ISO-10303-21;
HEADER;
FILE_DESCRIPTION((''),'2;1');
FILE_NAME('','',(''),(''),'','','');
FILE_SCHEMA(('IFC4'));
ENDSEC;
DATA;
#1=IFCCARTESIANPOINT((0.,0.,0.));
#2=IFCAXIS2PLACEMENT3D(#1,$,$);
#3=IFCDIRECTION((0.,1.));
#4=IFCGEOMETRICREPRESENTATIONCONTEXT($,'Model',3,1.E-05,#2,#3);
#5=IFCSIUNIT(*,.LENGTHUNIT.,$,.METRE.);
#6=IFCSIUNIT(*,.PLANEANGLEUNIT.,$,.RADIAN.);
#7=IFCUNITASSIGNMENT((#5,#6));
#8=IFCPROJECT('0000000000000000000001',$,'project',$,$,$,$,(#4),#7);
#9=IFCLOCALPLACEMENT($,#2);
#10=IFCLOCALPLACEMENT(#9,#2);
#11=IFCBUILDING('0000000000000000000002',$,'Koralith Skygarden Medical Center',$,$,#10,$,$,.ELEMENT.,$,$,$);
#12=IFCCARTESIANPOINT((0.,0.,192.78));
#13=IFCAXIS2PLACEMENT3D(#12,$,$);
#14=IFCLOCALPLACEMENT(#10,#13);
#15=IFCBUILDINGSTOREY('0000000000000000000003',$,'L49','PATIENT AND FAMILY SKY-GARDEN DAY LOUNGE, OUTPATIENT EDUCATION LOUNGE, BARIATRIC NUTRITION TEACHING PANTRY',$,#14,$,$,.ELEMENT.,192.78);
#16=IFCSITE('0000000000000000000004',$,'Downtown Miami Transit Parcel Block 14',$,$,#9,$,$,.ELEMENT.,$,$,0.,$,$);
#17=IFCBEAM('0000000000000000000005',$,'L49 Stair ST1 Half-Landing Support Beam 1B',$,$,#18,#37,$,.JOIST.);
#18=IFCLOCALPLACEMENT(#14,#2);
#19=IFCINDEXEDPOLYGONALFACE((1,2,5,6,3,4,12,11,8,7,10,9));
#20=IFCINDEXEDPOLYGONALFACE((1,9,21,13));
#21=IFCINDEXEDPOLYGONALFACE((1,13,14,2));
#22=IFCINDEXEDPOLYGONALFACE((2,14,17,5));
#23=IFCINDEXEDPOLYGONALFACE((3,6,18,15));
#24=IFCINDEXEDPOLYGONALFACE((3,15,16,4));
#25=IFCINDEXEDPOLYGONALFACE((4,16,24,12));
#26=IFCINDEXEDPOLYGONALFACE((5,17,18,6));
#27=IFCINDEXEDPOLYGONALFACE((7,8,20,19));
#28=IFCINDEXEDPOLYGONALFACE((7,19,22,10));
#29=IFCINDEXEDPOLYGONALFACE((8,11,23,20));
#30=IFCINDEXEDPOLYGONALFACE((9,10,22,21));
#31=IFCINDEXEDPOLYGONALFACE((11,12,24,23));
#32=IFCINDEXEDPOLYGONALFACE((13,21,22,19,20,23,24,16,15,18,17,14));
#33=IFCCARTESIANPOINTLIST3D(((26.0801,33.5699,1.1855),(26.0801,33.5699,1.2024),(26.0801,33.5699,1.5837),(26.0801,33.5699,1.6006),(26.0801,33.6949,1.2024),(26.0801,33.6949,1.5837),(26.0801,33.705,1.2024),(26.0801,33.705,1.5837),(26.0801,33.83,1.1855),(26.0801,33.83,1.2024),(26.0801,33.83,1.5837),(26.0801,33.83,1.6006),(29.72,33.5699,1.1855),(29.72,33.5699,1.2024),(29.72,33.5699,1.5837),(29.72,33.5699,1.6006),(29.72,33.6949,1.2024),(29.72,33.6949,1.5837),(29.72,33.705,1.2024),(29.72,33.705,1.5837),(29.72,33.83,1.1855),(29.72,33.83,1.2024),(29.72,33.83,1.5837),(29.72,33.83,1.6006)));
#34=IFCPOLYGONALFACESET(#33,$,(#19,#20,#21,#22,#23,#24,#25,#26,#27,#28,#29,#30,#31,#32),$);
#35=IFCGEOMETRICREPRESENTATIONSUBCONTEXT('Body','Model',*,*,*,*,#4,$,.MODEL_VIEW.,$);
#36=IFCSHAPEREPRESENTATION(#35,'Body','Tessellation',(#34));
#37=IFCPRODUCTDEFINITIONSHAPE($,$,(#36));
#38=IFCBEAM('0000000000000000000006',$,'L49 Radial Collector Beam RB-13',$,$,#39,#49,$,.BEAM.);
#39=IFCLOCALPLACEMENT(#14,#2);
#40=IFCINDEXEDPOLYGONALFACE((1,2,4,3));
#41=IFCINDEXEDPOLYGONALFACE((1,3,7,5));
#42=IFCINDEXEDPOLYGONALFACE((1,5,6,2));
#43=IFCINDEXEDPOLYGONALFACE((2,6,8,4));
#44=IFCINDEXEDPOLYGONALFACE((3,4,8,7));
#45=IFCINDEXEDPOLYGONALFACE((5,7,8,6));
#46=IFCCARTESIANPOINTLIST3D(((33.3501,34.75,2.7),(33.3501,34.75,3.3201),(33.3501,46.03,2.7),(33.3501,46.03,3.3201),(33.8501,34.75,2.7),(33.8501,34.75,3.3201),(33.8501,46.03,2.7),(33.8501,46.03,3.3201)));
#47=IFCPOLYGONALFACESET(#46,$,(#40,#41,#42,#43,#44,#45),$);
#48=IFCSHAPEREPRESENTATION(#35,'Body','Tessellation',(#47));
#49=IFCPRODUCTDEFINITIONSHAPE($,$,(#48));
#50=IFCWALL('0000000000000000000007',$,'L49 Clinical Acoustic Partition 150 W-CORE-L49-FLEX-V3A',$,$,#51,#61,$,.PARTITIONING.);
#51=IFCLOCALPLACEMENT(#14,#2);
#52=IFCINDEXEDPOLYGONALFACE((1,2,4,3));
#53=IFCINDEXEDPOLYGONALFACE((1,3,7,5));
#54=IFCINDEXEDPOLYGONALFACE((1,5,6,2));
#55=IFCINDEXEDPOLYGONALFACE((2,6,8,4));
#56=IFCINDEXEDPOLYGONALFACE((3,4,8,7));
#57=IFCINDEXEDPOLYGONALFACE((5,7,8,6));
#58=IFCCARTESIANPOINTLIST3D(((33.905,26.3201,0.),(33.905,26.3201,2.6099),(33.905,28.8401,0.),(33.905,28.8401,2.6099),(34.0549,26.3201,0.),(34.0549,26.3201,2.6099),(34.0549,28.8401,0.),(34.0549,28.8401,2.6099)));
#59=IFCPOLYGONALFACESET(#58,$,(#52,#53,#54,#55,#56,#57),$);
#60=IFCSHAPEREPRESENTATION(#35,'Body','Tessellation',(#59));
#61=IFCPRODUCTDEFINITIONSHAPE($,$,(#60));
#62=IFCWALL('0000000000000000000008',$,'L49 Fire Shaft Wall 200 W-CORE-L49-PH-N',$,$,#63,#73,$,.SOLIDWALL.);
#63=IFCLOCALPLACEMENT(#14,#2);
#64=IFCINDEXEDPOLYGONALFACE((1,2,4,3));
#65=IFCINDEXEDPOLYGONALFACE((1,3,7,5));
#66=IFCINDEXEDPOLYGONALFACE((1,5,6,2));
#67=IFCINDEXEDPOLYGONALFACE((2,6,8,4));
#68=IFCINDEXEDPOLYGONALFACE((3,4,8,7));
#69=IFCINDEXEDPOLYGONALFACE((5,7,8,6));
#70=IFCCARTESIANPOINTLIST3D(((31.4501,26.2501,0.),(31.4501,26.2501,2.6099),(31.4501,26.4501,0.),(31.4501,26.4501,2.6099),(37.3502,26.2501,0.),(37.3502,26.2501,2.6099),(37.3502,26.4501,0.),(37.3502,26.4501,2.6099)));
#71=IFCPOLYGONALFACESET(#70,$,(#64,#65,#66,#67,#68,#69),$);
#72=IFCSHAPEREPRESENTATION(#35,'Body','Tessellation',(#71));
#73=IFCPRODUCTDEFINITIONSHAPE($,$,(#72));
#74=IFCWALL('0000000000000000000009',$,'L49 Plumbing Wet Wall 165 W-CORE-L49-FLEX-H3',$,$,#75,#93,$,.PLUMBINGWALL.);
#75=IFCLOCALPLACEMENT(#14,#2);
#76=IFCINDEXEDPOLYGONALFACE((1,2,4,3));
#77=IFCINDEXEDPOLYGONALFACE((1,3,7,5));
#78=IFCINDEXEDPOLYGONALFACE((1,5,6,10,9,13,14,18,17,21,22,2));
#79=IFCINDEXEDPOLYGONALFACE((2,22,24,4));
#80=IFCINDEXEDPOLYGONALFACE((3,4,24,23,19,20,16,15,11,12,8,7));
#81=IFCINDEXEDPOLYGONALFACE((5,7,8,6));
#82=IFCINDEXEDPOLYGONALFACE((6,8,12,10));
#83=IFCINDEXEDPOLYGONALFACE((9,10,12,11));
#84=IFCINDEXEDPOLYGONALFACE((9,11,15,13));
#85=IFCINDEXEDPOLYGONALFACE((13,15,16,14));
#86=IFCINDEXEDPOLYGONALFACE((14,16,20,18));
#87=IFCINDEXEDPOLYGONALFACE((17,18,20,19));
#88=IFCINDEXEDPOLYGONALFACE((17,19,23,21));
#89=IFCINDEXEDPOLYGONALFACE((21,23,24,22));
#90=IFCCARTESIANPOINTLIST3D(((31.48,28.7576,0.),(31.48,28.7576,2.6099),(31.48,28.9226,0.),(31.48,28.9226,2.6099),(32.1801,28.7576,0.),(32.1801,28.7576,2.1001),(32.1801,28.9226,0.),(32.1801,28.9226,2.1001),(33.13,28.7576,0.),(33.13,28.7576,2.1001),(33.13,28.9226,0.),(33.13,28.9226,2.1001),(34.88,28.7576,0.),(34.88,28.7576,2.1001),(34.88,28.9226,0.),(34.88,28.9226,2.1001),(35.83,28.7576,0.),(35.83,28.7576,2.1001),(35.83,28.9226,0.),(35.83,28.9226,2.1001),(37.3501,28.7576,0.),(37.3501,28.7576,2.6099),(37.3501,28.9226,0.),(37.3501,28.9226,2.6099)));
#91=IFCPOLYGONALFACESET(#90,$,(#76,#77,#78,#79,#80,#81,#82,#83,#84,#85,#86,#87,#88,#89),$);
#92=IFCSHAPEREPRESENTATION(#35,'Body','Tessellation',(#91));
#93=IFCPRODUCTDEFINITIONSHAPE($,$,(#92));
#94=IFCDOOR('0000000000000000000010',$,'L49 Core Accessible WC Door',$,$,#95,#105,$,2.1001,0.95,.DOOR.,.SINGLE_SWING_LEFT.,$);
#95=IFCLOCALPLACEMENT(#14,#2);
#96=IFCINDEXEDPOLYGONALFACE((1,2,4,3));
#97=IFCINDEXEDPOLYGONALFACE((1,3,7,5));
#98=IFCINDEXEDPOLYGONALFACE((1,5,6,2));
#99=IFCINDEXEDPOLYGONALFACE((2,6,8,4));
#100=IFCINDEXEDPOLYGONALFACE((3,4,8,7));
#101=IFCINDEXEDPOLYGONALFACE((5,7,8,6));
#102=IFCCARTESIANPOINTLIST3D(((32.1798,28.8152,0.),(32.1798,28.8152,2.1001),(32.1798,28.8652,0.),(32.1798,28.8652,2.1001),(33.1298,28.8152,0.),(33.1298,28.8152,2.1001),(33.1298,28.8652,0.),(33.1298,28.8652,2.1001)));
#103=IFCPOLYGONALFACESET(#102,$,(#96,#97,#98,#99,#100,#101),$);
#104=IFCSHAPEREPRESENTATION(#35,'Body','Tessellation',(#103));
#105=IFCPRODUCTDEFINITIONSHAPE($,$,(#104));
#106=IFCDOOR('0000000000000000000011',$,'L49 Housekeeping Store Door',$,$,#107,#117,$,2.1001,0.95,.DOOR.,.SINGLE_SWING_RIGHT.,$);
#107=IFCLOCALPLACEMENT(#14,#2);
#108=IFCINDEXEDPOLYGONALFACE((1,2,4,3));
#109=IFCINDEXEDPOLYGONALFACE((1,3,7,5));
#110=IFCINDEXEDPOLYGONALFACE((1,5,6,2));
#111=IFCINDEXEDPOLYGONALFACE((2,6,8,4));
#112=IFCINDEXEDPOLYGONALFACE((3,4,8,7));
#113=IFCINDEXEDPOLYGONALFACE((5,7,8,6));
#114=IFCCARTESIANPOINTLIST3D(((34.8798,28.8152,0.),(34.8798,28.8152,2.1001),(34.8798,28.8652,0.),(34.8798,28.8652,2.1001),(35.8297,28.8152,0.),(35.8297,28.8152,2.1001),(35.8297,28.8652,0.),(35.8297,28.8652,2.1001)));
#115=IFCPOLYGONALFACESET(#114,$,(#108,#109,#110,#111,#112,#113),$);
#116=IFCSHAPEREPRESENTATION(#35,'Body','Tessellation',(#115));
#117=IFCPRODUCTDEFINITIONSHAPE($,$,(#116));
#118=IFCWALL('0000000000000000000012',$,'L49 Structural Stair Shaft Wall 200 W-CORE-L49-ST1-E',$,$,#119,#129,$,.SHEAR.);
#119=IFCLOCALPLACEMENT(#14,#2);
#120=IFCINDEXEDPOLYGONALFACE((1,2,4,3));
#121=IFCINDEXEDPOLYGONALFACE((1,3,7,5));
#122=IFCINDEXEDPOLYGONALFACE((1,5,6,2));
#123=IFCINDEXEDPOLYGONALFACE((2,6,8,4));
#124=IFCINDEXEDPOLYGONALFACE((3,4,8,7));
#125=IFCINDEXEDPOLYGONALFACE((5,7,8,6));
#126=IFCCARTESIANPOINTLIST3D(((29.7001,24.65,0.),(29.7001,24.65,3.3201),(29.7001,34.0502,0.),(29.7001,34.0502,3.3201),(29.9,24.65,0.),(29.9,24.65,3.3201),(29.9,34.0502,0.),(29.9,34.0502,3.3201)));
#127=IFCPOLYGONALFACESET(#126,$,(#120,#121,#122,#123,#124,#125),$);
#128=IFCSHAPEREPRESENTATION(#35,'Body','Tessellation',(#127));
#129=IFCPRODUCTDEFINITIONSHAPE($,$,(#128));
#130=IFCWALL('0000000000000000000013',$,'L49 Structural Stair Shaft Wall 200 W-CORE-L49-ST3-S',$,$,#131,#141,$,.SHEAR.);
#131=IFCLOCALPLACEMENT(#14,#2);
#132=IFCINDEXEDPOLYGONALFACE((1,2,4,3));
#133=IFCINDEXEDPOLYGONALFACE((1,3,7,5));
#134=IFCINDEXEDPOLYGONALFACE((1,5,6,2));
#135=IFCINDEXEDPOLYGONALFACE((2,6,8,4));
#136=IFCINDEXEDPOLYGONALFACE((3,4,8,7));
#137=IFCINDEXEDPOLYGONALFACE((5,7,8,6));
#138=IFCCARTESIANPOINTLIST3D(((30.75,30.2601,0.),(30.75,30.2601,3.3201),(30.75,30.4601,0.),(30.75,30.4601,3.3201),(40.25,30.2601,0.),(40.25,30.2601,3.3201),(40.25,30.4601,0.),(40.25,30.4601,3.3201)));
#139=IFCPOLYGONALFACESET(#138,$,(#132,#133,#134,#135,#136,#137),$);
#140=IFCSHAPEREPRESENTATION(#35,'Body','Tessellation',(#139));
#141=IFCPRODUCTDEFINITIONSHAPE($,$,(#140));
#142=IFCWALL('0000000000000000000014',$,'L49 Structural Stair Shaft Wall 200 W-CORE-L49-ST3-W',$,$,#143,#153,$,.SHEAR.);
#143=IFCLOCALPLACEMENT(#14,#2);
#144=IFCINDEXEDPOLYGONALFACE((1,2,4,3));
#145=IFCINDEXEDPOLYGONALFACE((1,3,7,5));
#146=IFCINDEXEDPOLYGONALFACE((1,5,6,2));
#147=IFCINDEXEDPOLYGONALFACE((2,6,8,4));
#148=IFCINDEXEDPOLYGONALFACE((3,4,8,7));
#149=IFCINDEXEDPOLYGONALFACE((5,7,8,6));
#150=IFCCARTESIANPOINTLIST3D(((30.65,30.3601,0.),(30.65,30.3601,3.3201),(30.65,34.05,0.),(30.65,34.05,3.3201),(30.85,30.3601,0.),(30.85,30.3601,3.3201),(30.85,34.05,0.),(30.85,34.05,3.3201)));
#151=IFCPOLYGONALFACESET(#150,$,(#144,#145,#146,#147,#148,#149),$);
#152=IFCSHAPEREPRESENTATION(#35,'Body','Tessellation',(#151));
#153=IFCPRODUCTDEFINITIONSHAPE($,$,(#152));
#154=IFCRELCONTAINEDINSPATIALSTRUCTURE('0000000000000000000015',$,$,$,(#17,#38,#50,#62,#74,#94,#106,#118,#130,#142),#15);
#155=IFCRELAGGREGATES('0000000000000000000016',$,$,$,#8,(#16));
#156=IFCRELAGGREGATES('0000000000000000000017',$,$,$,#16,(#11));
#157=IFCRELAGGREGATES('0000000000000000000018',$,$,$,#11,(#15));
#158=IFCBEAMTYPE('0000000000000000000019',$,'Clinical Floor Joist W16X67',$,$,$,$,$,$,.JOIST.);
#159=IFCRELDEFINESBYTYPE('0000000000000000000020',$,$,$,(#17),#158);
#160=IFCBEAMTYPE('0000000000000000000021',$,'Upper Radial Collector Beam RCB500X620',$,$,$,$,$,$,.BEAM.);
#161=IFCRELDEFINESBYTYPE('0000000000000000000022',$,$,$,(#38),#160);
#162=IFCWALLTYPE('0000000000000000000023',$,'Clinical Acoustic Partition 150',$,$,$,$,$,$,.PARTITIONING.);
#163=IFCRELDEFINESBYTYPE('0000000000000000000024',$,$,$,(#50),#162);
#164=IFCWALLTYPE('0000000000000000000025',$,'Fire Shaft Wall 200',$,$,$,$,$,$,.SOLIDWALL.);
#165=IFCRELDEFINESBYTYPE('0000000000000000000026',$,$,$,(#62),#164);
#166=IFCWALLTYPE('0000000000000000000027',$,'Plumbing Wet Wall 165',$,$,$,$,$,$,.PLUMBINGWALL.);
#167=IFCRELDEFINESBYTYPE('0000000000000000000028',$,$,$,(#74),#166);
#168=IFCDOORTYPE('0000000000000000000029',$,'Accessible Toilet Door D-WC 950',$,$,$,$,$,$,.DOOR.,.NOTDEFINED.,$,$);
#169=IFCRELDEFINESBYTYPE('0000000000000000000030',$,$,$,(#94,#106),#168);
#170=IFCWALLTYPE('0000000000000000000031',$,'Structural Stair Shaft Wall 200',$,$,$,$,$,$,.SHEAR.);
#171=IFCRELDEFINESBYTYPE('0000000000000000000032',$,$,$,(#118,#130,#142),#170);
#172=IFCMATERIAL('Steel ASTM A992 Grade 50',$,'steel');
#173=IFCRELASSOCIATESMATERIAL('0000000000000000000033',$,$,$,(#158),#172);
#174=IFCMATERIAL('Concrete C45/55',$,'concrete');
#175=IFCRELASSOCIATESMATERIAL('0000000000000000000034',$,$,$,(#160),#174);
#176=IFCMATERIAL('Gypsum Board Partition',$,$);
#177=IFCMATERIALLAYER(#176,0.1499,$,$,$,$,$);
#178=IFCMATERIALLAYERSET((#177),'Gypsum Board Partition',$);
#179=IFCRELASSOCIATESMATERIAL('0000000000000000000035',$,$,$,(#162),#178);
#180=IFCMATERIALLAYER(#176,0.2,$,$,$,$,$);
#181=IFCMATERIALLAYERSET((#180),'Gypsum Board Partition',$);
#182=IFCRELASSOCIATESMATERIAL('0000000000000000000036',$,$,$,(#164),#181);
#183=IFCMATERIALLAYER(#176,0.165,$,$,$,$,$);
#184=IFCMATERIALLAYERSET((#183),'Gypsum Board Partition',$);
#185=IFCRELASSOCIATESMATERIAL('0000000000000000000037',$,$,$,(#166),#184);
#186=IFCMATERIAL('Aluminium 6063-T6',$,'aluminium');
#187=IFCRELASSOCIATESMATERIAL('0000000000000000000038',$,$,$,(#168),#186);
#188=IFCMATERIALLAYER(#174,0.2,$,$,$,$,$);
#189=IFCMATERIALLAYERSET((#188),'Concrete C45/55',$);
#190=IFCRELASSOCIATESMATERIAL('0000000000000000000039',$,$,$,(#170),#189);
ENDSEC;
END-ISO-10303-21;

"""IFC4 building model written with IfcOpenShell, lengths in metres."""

from ifc_helpers import new_model, si_unit, direction, frame, frame_2d, origin, origin_2d, place, context, subcontext, project, spatial, rectangle, i_section, extrude, material, layer, layer_set, material_profile, profile_set, type_object, element, fill, save


model = new_model("IFC4")

# Units and contexts
model_context = context("Model", 3, precision=1e-05, world=origin(), true_north=direction((0.0, 1.0)))
body_context = subcontext(model_context, "Body", "Model", "MODEL_VIEW")
ifc_project = project(units=[si_unit("LENGTHUNIT", "METRE"), si_unit("PLANEANGLEUNIT", "RADIAN")], contexts=[model_context])

# Site, building, storey
site_placement = place(None, origin())
site = spatial("IfcSite", under=ifc_project, at=site_placement, Name="Downtown Miami Transit Parcel Block 14", CompositionType="ELEMENT", RefElevation=0.0)
building_placement = place(site_placement, origin())
building = spatial("IfcBuilding", under=site, at=building_placement, Name="Koralith Skygarden Medical Center", CompositionType="ELEMENT")
storey_placement = place(building_placement, frame((0.0, 0.0, 192.78)))
storey = spatial("IfcBuildingStorey", under=building, at=storey_placement, Name="L49", Description="PATIENT AND FAMILY SKY-GARDEN DAY LOUNGE, OUTPATIENT EDUCATION LOUNGE, BARIATRIC NUTRITION TEACHING PANTRY", CompositionType="ELEMENT", Elevation=192.78)

# Beams
ifc_material_1 = material(Name="Steel ASTM A992 Grade 50", Category="steel")
ifc_material_profile_1 = material_profile(ifc_material_1, i_section(OverallWidth=0.26, OverallDepth=0.415, WebThickness=0.01, FlangeThickness=0.0168, at=origin_2d()), Name="W16X67")
ifc_profile_set_1 = profile_set([ifc_material_profile_1], Name="Steel ASTM A992 Grade 50")
beam_type_1 = type_object("IfcBeamType", Name="Clinical Floor Joist W16X67", PredefinedType="JOIST", material=ifc_profile_set_1)
beam_1_placement = place(storey_placement, frame((26.0801, 33.7, 1.3931), z_axis=(1.0, 0.0, 0.0), x_axis=(0.0, 1.0, 0.0)))
element("IfcBeam", 1, at=beam_1_placement, inside=storey, type_object=beam_type_1, Name="L49 Stair ST1 Half-Landing Support Beam 1B", PredefinedType="JOIST", context=body_context, shape_type="SweptSolid", body=[
    extrude(i_section(OverallWidth=0.26, OverallDepth=0.415, WebThickness=0.01, FlangeThickness=0.0168, at=origin_2d()), origin(), (0.0, 0.0, 1.0), 3.6399),
])
ifc_material_2 = material(Name="Concrete C45/55", Category="concrete")
ifc_material_profile_2 = material_profile(ifc_material_2, rectangle(XDim=0.5, YDim=0.6201, at=origin_2d()), Name="RCB500X620")
ifc_profile_set_2 = profile_set([ifc_material_profile_2], Name="Concrete C45/55")
beam_type_2 = type_object("IfcBeamType", Name="Upper Radial Collector Beam RCB500X620", PredefinedType="BEAM", material=ifc_profile_set_2)
beam_2_placement = place(storey_placement, frame((33.6001, 34.75, 3.01), z_axis=(0.0, 1.0, 0.0), x_axis=(-1.0, 0.0, 0.0)))
element("IfcBeam", 2, at=beam_2_placement, inside=storey, type_object=beam_type_2, Name="L49 Radial Collector Beam RB-13", PredefinedType="BEAM", context=body_context, shape_type="SweptSolid", body=[
    extrude(rectangle(XDim=0.5, YDim=0.6201, at=origin_2d()), origin(), (0.0, 0.0, 1.0), 11.28),
])

# Walls
ifc_material_3 = material(Name="Gypsum Board Partition")
ifc_layer_1 = layer(ifc_material_3, 0.1499)
ifc_layer_set_1 = layer_set([ifc_layer_1], Name="Gypsum Board Partition")
wall_type_1 = type_object("IfcWallType", Name="Clinical Acoustic Partition 150", PredefinedType="PARTITIONING", material=ifc_layer_set_1)
wall_1_placement = place(storey_placement, frame((33.98, 26.3201, 0.0), z_axis=(0.0, 0.0, 1.0), x_axis=(0.0, 1.0, 0.0)))
element("IfcWall", 3, at=wall_1_placement, inside=storey, type_object=wall_type_1, Name="L49 Clinical Acoustic Partition 150 W-CORE-L49-FLEX-V3A", PredefinedType="PARTITIONING", context=body_context, shape_type="SweptSolid", body=[
    extrude(rectangle(XDim=2.52, YDim=0.1499, at=frame_2d((1.26, 0.0))), origin(), (0.0, 0.0, 1.0), 2.6099),
])
ifc_layer_2 = layer(ifc_material_3, 0.2)
ifc_layer_set_2 = layer_set([ifc_layer_2], Name="Gypsum Board Partition")
wall_type_2 = type_object("IfcWallType", Name="Fire Shaft Wall 200", PredefinedType="SOLIDWALL", material=ifc_layer_set_2)
wall_2_placement = place(storey_placement, frame((31.45, 26.3501, 0.0), z_axis=(0.0, 0.0, 1.0), x_axis=(1.0, 0.0, 0.0)))
element("IfcWall", 4, at=wall_2_placement, inside=storey, type_object=wall_type_2, Name="L49 Fire Shaft Wall 200 W-CORE-L49-PH-N", PredefinedType="SOLIDWALL", context=body_context, shape_type="SweptSolid", body=[
    extrude(rectangle(XDim=5.9001, YDim=0.2, at=frame_2d((2.9502, 0.0))), origin(), (0.0, 0.0, 1.0), 2.6099),
])

# Shared definitions
ifc_layer_3 = layer(ifc_material_3, 0.165)
ifc_layer_set_3 = layer_set([ifc_layer_3], Name="Gypsum Board Partition")
wall_type_3 = type_object("IfcWallType", Name="Plumbing Wet Wall 165", PredefinedType="PLUMBINGWALL", material=ifc_layer_set_3)
ifc_material_4 = material(Name="Aluminium 6063-T6", Category="aluminium")

# Wall, openings, doors
wall_3_placement = place(storey_placement, frame((31.48, 28.8401, 0.0), z_axis=(0.0, 0.0, 1.0), x_axis=(1.0, 0.0, 0.0)))
wall_3 = element("IfcWall", 5, at=wall_3_placement, inside=storey, type_object=wall_type_3, Name="L49 Plumbing Wet Wall 165 W-CORE-L49-FLEX-H3", PredefinedType="PLUMBINGWALL", context=body_context, shape_type="SweptSolid", body=[
    extrude(rectangle(XDim=5.8701, YDim=0.165, at=frame_2d((2.9351, 0.0))), origin(), (0.0, 0.0, 1.0), 2.6099),
])
opening_1_placement = place(wall_3_placement, frame((0.7, 0.0, 0.0)))
opening_1 = element("IfcOpeningElement", 6, at=opening_1_placement, cuts=wall_3, PredefinedType="OPENING", context=body_context, shape_type="SweptSolid", body=[
    extrude(rectangle(XDim=0.95, YDim=2.1001, at=frame_2d((0.4751, 1.05))), frame((0.0, 0.0925, 0.0), z_axis=(0.0, -1.0, 0.0), x_axis=(1.0, 0.0, 0.0)), (0.0, 0.0, 1.0), 0.1851),
])
opening_2_placement = place(wall_3_placement, frame((3.3999, 0.0, 0.0)))
opening_2 = element("IfcOpeningElement", 7, at=opening_2_placement, cuts=wall_3, PredefinedType="OPENING", context=body_context, shape_type="SweptSolid", body=[
    extrude(rectangle(XDim=0.95, YDim=2.1001, at=frame_2d((0.4751, 1.05))), frame((0.0, 0.0925, 0.0), z_axis=(0.0, -1.0, 0.0), x_axis=(1.0, 0.0, 0.0)), (0.0, 0.0, 1.0), 0.1851),
])
door_type_1 = type_object("IfcDoorType", Name="Accessible Toilet Door D-WC 950", OperationType="NOTDEFINED", PredefinedType="DOOR", material=ifc_material_4)
door_1_placement = place(opening_1_placement, frame((0.95, 0.0, 0.0), z_axis=(0.0, 0.0, 1.0), x_axis=(-1.0, 0.0, 0.0)))
door_1 = element("IfcDoor", 8, at=door_1_placement, inside=storey, type_object=door_type_1, Name="L49 Core Accessible WC Door", OperationType="SINGLE_SWING_LEFT", OverallHeight=2.1001, OverallWidth=0.95, PredefinedType="DOOR", context=body_context, shape_type="SweptSolid", body=[
    extrude(rectangle(XDim=0.95, YDim=2.1001, at=frame_2d((0.4751, 1.05))), frame((0.0, 0.0249, 0.0), z_axis=(0.0, -1.0, 0.0), x_axis=(1.0, 0.0, 0.0)), (0.0, 0.0, 1.0), 0.05),
])
fill(opening_1, door_1)
door_2_placement = place(opening_2_placement, frame((0.95, 0.0, 0.0), z_axis=(0.0, 0.0, 1.0), x_axis=(-1.0, 0.0, 0.0)))
door_2 = element("IfcDoor", 9, at=door_2_placement, inside=storey, type_object=door_type_1, Name="L49 Housekeeping Store Door", OperationType="SINGLE_SWING_RIGHT", OverallHeight=2.1001, OverallWidth=0.95, PredefinedType="DOOR", context=body_context, shape_type="SweptSolid", body=[
    extrude(rectangle(XDim=0.95, YDim=2.1001, at=frame_2d((0.4751, 1.05))), frame((0.0, 0.0249, 0.0), z_axis=(0.0, -1.0, 0.0), x_axis=(1.0, 0.0, 0.0)), (0.0, 0.0, 1.0), 0.05),
])
fill(opening_2, door_2)

# Walls
ifc_layer_4 = layer(ifc_material_2, 0.2)
ifc_layer_set_4 = layer_set([ifc_layer_4], Name="Concrete C45/55")
wall_type_4 = type_object("IfcWallType", Name="Structural Stair Shaft Wall 200", PredefinedType="SHEAR", material=ifc_layer_set_4)
wall_4_placement = place(storey_placement, frame((29.8, 24.6499, 0.0), z_axis=(0.0, 0.0, 1.0), x_axis=(0.0, 1.0, 0.0)))
element("IfcWall", 10, at=wall_4_placement, inside=storey, type_object=wall_type_4, Name="L49 Structural Stair Shaft Wall 200 W-CORE-L49-ST1-E", PredefinedType="SHEAR", context=body_context, shape_type="SweptSolid", body=[
    extrude(rectangle(XDim=9.4001, YDim=0.2, at=frame_2d((4.7002, 0.0))), origin(), (0.0, 0.0, 1.0), 3.3201),
])
wall_5_placement = place(storey_placement, frame((30.75, 30.3601, 0.0), z_axis=(0.0, 0.0, 1.0), x_axis=(1.0, 0.0, 0.0)))
element("IfcWall", 11, at=wall_5_placement, inside=storey, type_object=wall_type_4, Name="L49 Structural Stair Shaft Wall 200 W-CORE-L49-ST3-S", PredefinedType="SHEAR", context=body_context, shape_type="SweptSolid", body=[
    extrude(rectangle(XDim=9.5, YDim=0.2, at=frame_2d((4.75, 0.0))), origin(), (0.0, 0.0, 1.0), 3.3201),
])
wall_6_placement = place(storey_placement, frame((30.75, 30.3601, 0.0), z_axis=(0.0, 0.0, 1.0), x_axis=(0.0, 1.0, 0.0)))
element("IfcWall", 12, at=wall_6_placement, inside=storey, type_object=wall_type_4, Name="L49 Structural Stair Shaft Wall 200 W-CORE-L49-ST3-W", PredefinedType="SHEAR", context=body_context, shape_type="SweptSolid", body=[
    extrude(rectangle(XDim=3.6899, YDim=0.2, at=frame_2d((1.845, 0.0))), origin(), (0.0, 0.0, 1.0), 3.3201),
])

save(model, "model.ifc")
